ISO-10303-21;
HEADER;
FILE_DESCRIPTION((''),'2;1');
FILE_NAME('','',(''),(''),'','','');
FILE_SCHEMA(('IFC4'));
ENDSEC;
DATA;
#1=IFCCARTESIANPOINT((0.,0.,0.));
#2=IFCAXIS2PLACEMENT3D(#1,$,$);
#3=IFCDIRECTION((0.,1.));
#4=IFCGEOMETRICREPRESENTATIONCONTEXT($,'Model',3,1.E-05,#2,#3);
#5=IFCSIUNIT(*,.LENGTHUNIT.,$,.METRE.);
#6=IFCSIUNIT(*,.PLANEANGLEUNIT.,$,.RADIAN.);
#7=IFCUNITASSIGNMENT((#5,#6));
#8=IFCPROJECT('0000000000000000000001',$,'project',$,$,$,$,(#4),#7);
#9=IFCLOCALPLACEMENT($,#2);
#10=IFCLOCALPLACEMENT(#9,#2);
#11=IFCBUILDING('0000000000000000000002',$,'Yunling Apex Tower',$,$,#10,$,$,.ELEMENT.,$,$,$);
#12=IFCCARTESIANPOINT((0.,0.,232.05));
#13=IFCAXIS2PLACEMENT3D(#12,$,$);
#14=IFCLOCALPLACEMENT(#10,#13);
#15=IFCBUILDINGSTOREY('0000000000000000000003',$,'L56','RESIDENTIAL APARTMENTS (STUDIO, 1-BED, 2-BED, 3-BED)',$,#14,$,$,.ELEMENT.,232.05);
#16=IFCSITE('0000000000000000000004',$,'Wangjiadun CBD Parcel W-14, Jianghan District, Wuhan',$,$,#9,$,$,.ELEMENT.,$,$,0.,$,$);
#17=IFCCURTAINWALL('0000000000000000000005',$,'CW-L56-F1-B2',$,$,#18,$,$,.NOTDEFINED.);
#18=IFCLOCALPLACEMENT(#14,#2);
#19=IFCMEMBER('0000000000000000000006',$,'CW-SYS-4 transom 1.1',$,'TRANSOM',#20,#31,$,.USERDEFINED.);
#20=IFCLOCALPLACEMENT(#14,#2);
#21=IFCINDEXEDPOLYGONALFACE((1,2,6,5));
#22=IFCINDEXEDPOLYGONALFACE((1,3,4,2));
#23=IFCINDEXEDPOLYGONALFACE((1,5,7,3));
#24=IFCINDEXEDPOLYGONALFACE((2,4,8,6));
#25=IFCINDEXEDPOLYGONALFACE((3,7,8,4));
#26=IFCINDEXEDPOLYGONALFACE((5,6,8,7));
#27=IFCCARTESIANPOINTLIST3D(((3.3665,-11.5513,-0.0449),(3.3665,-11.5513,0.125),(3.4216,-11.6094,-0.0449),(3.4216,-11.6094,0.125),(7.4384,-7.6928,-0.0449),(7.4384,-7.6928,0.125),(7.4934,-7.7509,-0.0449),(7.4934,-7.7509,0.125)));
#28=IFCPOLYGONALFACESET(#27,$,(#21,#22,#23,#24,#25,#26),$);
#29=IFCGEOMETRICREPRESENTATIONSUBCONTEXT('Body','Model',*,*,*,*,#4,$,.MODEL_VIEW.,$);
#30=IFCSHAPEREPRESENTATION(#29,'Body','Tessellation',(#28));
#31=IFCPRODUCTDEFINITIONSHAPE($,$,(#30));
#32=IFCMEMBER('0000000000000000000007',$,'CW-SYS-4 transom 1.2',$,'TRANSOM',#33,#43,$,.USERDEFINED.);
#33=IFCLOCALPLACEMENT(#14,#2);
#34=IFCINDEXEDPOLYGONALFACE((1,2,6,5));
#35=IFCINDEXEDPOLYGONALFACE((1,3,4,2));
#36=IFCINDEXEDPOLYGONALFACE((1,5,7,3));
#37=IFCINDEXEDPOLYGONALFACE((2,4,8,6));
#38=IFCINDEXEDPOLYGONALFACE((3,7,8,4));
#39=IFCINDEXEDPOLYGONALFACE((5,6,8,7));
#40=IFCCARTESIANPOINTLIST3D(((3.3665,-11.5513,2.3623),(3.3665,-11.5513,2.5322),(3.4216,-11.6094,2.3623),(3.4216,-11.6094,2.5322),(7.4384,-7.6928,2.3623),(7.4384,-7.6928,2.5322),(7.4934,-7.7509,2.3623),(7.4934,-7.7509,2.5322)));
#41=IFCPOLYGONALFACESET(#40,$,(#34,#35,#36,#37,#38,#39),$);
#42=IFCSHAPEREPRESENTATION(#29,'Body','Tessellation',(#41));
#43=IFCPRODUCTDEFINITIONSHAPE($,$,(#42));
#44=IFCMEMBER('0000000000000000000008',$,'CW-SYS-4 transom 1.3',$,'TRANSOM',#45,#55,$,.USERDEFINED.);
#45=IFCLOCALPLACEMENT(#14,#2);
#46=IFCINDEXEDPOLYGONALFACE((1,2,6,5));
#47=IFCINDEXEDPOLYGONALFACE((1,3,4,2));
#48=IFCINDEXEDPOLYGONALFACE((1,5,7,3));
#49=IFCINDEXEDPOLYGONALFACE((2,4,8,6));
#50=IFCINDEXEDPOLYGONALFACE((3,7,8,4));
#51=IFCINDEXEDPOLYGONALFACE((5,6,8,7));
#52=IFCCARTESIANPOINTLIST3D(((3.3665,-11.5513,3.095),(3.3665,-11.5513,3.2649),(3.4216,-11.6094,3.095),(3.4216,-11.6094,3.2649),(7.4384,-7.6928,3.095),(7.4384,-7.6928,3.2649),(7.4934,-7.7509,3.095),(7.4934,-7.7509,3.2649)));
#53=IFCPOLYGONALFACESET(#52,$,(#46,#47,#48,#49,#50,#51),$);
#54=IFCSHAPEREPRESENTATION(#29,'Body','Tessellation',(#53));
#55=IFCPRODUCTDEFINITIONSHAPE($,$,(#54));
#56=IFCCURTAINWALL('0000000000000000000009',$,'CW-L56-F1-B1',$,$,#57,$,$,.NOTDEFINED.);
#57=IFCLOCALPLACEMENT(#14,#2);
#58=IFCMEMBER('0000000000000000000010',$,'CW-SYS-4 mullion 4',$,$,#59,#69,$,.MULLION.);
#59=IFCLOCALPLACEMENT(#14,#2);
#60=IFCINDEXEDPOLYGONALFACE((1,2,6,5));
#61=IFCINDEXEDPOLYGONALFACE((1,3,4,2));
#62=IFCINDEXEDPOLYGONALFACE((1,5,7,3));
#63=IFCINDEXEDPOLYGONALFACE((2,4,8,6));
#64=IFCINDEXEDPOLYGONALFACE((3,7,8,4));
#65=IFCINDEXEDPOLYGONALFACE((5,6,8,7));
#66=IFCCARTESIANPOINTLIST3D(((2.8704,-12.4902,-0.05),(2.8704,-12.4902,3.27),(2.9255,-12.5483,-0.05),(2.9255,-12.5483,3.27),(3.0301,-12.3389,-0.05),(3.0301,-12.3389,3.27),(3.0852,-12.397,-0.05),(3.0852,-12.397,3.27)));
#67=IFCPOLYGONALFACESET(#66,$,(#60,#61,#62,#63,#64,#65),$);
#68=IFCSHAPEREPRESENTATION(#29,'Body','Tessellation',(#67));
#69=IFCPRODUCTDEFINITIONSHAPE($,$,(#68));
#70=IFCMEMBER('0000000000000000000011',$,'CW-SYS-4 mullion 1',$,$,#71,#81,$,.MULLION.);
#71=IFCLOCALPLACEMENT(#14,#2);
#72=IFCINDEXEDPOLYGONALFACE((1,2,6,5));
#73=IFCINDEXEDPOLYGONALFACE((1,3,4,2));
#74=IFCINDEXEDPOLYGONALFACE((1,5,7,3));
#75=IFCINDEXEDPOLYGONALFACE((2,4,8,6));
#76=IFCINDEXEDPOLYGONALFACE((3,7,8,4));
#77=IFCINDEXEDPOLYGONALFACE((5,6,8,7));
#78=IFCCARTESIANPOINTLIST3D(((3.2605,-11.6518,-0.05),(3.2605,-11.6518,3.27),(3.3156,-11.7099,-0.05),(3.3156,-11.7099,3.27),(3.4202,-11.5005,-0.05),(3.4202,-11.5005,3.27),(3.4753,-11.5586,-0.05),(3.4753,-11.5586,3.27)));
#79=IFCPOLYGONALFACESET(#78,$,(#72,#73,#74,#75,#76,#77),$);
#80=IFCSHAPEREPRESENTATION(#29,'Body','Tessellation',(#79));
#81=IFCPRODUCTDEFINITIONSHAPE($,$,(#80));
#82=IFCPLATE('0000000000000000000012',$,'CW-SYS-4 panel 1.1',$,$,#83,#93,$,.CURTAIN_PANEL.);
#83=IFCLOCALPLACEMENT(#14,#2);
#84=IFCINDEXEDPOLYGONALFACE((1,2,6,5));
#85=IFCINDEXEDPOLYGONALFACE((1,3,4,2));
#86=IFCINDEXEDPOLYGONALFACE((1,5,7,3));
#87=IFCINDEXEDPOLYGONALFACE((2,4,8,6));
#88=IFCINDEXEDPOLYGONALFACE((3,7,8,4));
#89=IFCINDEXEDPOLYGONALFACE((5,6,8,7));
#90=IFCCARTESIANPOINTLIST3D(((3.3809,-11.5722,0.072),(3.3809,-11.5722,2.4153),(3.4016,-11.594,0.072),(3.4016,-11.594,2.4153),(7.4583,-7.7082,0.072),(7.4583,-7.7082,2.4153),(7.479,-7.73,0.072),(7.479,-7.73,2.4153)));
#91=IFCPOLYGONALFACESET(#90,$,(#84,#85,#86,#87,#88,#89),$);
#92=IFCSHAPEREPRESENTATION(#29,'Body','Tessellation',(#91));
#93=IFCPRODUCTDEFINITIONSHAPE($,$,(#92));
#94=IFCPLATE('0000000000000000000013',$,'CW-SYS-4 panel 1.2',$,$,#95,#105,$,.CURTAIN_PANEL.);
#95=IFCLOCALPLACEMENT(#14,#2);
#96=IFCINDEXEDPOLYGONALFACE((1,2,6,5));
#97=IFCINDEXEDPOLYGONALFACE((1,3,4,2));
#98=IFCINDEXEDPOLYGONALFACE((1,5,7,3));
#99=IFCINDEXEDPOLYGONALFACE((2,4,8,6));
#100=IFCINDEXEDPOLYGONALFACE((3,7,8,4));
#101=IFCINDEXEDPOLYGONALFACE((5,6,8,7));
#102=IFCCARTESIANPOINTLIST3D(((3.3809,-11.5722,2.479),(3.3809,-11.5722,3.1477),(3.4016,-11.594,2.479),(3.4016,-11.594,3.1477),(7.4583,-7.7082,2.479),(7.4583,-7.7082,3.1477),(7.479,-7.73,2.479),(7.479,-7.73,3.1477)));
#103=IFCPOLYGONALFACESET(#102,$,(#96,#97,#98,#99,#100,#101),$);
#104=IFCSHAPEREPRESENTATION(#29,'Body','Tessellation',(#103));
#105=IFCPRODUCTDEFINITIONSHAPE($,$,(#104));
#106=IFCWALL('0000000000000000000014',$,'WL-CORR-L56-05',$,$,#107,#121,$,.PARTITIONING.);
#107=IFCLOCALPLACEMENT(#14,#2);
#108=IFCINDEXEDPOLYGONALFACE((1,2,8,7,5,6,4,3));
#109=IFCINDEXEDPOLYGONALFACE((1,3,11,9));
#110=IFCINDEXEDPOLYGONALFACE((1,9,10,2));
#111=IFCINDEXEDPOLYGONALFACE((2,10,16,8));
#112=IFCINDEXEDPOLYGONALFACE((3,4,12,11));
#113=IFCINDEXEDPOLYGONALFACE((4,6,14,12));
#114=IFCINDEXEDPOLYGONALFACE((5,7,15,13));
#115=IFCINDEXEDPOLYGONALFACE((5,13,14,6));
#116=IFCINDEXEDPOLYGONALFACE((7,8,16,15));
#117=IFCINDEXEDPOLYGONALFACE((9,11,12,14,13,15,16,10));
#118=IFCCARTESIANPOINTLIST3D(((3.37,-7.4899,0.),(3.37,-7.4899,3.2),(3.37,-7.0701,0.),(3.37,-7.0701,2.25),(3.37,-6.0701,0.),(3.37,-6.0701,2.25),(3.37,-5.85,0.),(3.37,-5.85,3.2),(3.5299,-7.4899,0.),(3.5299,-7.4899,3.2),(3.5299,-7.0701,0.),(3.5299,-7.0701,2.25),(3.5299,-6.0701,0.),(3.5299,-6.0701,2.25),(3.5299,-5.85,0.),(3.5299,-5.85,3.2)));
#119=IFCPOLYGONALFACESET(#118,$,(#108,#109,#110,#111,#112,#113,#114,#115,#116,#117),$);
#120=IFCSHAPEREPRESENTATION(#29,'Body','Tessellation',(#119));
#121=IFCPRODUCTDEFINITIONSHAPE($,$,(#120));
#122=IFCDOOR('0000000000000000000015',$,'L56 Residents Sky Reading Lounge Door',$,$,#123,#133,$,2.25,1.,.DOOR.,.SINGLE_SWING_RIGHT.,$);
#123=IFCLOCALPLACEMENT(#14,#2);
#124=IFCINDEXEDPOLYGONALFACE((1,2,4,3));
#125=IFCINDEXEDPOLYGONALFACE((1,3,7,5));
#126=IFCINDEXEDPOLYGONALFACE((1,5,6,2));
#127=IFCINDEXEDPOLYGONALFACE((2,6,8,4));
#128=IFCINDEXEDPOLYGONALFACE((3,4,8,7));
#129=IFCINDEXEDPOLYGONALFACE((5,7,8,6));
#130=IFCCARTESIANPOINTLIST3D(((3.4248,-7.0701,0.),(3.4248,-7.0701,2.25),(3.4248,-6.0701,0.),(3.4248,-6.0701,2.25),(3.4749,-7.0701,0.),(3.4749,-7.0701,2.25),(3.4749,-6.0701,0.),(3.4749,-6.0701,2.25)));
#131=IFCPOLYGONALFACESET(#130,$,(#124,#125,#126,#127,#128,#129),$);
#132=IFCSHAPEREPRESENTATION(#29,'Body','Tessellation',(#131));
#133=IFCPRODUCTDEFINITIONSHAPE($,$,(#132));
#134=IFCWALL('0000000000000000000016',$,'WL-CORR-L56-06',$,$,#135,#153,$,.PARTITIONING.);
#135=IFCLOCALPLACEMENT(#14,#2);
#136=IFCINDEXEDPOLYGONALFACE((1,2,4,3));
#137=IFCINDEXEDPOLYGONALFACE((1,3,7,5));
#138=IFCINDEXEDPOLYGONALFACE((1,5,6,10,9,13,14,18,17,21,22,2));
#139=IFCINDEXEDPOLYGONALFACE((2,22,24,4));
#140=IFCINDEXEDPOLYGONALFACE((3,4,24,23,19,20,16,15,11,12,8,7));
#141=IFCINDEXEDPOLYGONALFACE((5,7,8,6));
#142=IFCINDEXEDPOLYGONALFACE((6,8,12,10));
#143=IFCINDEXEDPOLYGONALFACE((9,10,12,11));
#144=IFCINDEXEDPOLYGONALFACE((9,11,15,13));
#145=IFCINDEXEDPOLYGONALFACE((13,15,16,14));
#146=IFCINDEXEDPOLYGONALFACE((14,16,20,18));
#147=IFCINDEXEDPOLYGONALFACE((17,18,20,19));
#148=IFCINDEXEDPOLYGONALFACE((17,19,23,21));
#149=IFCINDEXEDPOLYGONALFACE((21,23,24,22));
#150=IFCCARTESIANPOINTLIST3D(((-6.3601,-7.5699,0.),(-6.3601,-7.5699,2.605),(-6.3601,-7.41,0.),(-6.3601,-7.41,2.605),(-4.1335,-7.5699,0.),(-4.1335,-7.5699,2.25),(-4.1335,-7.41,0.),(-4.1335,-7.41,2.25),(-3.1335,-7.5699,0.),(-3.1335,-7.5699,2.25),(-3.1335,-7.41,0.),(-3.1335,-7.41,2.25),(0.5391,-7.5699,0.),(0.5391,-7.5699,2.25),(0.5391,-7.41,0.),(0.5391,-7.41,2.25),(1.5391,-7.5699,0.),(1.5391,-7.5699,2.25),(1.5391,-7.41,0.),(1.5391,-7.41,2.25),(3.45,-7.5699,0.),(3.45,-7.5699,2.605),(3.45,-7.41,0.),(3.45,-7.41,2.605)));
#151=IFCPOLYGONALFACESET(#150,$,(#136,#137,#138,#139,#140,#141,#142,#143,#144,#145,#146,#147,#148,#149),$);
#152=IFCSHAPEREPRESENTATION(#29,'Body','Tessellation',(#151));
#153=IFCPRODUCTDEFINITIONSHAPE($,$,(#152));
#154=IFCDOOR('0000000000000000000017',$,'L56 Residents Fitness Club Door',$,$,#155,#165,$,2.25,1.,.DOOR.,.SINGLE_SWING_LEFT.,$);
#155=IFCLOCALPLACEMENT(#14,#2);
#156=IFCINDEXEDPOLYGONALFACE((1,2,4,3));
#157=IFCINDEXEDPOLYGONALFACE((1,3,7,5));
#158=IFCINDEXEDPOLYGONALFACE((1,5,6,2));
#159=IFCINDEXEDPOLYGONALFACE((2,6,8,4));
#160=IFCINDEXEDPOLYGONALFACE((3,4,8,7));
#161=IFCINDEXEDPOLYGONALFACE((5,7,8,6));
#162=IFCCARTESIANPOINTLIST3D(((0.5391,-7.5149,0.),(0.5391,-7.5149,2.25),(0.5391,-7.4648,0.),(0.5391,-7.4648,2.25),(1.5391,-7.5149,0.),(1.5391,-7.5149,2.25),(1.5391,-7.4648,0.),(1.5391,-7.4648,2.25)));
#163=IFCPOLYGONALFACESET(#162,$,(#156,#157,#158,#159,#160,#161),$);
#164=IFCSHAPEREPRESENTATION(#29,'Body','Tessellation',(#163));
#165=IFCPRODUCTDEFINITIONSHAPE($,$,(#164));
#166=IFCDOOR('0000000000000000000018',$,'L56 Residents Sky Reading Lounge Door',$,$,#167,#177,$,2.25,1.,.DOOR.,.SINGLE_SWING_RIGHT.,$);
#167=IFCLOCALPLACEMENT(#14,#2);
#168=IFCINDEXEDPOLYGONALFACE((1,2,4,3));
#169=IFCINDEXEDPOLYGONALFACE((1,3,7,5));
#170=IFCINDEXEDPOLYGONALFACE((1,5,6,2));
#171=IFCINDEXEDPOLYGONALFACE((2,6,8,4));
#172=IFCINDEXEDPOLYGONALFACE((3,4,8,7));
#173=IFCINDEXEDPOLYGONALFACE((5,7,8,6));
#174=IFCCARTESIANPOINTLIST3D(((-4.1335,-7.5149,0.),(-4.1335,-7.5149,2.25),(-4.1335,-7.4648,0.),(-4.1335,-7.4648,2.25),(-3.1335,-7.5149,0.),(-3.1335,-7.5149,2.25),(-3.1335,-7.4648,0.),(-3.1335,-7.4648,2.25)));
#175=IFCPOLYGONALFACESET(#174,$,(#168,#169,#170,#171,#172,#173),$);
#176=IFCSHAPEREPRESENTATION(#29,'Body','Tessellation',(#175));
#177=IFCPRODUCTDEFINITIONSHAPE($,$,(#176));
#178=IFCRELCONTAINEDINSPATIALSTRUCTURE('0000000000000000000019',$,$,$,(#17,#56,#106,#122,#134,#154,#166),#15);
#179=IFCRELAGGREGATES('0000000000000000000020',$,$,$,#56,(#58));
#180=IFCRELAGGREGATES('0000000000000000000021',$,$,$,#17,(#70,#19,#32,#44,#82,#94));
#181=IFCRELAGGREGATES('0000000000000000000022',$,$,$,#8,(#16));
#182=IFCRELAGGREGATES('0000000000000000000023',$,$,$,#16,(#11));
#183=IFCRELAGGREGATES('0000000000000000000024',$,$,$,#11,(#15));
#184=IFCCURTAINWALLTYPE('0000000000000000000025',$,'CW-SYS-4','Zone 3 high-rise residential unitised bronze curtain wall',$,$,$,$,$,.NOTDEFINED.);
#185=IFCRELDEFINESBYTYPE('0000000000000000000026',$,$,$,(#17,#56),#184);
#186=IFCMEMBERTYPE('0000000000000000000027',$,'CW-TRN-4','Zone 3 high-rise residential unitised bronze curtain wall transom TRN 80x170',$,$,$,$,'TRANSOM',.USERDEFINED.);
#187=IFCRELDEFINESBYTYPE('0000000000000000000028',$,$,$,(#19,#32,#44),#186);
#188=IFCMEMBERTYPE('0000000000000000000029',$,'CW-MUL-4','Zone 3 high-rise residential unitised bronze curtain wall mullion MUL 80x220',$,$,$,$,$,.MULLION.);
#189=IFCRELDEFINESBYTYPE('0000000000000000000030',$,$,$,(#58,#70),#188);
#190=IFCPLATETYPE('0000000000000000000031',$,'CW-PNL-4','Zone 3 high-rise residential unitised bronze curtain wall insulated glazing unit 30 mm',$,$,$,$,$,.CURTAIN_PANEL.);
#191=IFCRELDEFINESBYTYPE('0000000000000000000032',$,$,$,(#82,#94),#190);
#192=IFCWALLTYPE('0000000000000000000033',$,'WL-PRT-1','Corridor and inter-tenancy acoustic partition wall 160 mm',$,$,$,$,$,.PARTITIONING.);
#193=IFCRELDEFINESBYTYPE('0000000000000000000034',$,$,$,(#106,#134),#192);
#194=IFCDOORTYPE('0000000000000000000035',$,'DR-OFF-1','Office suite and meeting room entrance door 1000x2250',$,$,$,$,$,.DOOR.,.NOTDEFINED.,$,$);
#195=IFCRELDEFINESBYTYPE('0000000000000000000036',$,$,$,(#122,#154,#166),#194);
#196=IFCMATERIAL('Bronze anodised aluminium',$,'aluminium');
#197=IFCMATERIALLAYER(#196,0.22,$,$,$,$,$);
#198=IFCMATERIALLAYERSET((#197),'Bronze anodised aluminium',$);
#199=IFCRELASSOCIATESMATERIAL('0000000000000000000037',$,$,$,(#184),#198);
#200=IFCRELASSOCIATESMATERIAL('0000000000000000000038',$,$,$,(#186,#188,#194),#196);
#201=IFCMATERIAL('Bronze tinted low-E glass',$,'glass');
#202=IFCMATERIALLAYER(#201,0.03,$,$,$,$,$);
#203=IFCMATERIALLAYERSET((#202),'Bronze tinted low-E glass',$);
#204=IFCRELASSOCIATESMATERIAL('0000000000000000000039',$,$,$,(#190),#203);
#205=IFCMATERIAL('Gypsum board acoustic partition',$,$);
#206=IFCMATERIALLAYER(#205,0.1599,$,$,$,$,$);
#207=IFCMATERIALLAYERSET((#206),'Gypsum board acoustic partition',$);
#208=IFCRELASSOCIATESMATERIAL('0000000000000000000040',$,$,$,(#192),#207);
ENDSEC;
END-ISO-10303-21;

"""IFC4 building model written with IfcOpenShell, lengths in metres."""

from ifc_helpers import new_model, si_unit, direction, frame, frame_2d, origin, origin_2d, place, context, subcontext, project, spatial, rectangle, extrude, source, transform, mapped, material, layer, layer_set, material_profile, profile_set, type_object, element, fill, aggregate, save


model = new_model("IFC4")

# Units and contexts
model_context = context("Model", 3, precision=1e-05, world=origin(), true_north=direction((0.0, 1.0)))
body_context = subcontext(model_context, "Body", "Model", "MODEL_VIEW")
ifc_project = project(units=[si_unit("LENGTHUNIT", "METRE"), si_unit("PLANEANGLEUNIT", "RADIAN")], contexts=[model_context])

# Site, building, storey
site_placement = place(None, origin())
site = spatial("IfcSite", under=ifc_project, at=site_placement, Name="Wangjiadun CBD Parcel W-14, Jianghan District, Wuhan", CompositionType="ELEMENT", RefElevation=0.0)
building_placement = place(site_placement, origin())
building = spatial("IfcBuilding", under=site, at=building_placement, Name="Yunling Apex Tower", CompositionType="ELEMENT")
storey_placement = place(building_placement, frame((0.0, 0.0, 232.05)))
storey = spatial("IfcBuildingStorey", under=building, at=storey_placement, Name="L56", Description="RESIDENTIAL APARTMENTS (STUDIO, 1-BED, 2-BED, 3-BED)", CompositionType="ELEMENT", Elevation=232.05)

# Curtain wall, members
ifc_material_1 = material(Name="Bronze anodised aluminium", Category="aluminium")
ifc_layer_1 = layer(ifc_material_1, 0.22)
ifc_layer_set_1 = layer_set([ifc_layer_1], Name="Bronze anodised aluminium")
curtain_wall_type = type_object("IfcCurtainWallType", Name="CW-SYS-4", Description="Zone 3 high-rise residential unitised bronze curtain wall", PredefinedType="NOTDEFINED", material=ifc_layer_set_1)
curtain_wall_1_placement = place(storey_placement, origin())
curtain_wall_1 = element("IfcCurtainWall", 1, at=curtain_wall_1_placement, inside=storey, type_object=curtain_wall_type, Name="CW-L56-F1-B2", PredefinedType="NOTDEFINED")
ifc_material_profile_1 = material_profile(ifc_material_1, rectangle(XDim=0.0801, YDim=0.1699, at=origin_2d()))
ifc_profile_set_1 = profile_set([ifc_material_profile_1], Name="Bronze anodised aluminium")
member_type_1 = type_object("IfcMemberType", Name="CW-TRN-4", Description="Zone 3 high-rise residential unitised bronze curtain wall transom TRN 80x170", ElementType="TRANSOM", PredefinedType="USERDEFINED", material=ifc_profile_set_1)
shared_shape_1 = source(origin(), body_context, "Body", "SweptSolid", [
    extrude(rectangle(XDim=0.0801, YDim=0.1699, at=origin_2d()), origin(), (0.0, 0.0, 1.0), 5.6096),
])
member_1_placement = place(storey_placement, frame((3.394, -11.5803, 0.04), z_axis=(0.72587, 0.687832, 0.0), x_axis=(-0.687832, 0.72587, 0.0)))
member_1 = element("IfcMember", 2, at=member_1_placement, type_object=member_type_1, Name="CW-SYS-4 transom 1.1", ObjectType="TRANSOM", PredefinedType="USERDEFINED", context=body_context, shape_type="MappedRepresentation", body=[
    mapped(shared_shape_1, transform((0.0, 0.0, 0.0), scale=1.0)),
])
member_2_placement = place(storey_placement, frame((3.394, -11.5803, 2.4473), z_axis=(0.72587, 0.687832, 0.0), x_axis=(-0.687832, 0.72587, 0.0)))
member_2 = element("IfcMember", 3, at=member_2_placement, type_object=member_type_1, Name="CW-SYS-4 transom 1.2", ObjectType="TRANSOM", PredefinedType="USERDEFINED", context=body_context, shape_type="MappedRepresentation", body=[
    mapped(shared_shape_1, transform((0.0, 0.0, 0.0), scale=1.0)),
])
member_3_placement = place(storey_placement, frame((3.394, -11.5803, 3.1799), z_axis=(0.72587, 0.687832, 0.0), x_axis=(-0.687832, 0.72587, 0.0)))
member_3 = element("IfcMember", 4, at=member_3_placement, type_object=member_type_1, Name="CW-SYS-4 transom 1.3", ObjectType="TRANSOM", PredefinedType="USERDEFINED", context=body_context, shape_type="MappedRepresentation", body=[
    mapped(shared_shape_1, transform((0.0, 0.0, 0.0), scale=1.0)),
])

# Curtain wall, member
curtain_wall_2_placement = place(storey_placement, origin())
curtain_wall_2 = element("IfcCurtainWall", 5, at=curtain_wall_2_placement, inside=storey, type_object=curtain_wall_type, Name="CW-L56-F1-B1", PredefinedType="NOTDEFINED")
ifc_material_profile_2 = material_profile(ifc_material_1, rectangle(XDim=0.0801, YDim=0.22, at=origin_2d()))
ifc_profile_set_2 = profile_set([ifc_material_profile_2], Name="Bronze anodised aluminium")
member_type_2 = type_object("IfcMemberType", Name="CW-MUL-4", Description="Zone 3 high-rise residential unitised bronze curtain wall mullion MUL 80x220", PredefinedType="MULLION", material=ifc_profile_set_2)
shared_shape_2 = source(origin(), body_context, "Body", "SweptSolid", [
    extrude(rectangle(XDim=0.0801, YDim=0.22, at=origin_2d()), origin(), (0.0, 0.0, 1.0), 3.3201),
])
member_4_placement = place(storey_placement, frame((2.9778, -12.4436, -0.05), z_axis=(0.0, 0.0, 1.0), x_axis=(-0.687848, 0.725855, 0.0)))
member_4 = element("IfcMember", 6, at=member_4_placement, type_object=member_type_2, Name="CW-SYS-4 mullion 4", PredefinedType="MULLION", context=body_context, shape_type="MappedRepresentation", body=[
    mapped(shared_shape_2, transform((0.0, 0.0, 0.0), scale=1.0)),
])
aggregate(curtain_wall_2, [member_4])

# Member
member_5_placement = place(storey_placement, frame((3.3679, -11.6052, -0.05), z_axis=(0.0, 0.0, 1.0), x_axis=(-0.687854, 0.725849, 0.0)))
member_5 = element("IfcMember", 7, at=member_5_placement, type_object=member_type_2, Name="CW-SYS-4 mullion 1", PredefinedType="MULLION", context=body_context, shape_type="MappedRepresentation", body=[
    mapped(shared_shape_2, transform((0.0, 0.0, 0.0), scale=1.0)),
])

# Plates
ifc_material_2 = material(Name="Bronze tinted low-E glass", Category="glass")
ifc_layer_2 = layer(ifc_material_2, 0.03)
ifc_layer_set_2 = layer_set([ifc_layer_2], Name="Bronze tinted low-E glass")
plate_type = type_object("IfcPlateType", Name="CW-PNL-4", Description="Zone 3 high-rise residential unitised bronze curtain wall insulated glazing unit 30 mm", PredefinedType="CURTAIN_PANEL", material=ifc_layer_set_2)
shared_shape_3 = source(origin(), body_context, "Body", "SweptSolid", [
    extrude(rectangle(XDim=5.6174, YDim=0.03, at=origin_2d()), origin(), (0.0, 0.0, 1.0), 2.3433),
])
plate_1_placement = place(storey_placement, frame((5.4299, -9.6511, 0.072), z_axis=(0.0, 0.0, 1.0), x_axis=(0.725849, 0.687854, 0.0)))
plate_1 = element("IfcPlate", 8, at=plate_1_placement, type_object=plate_type, Name="CW-SYS-4 panel 1.1", PredefinedType="CURTAIN_PANEL", context=body_context, shape_type="MappedRepresentation", body=[
    mapped(shared_shape_3, transform((0.0, 0.0, 0.0), scale=1.0)),
])
shared_shape_4 = source(origin(), body_context, "Body", "SweptSolid", [
    extrude(rectangle(XDim=5.6174, YDim=0.03, at=origin_2d()), origin(), (0.0, 0.0, 1.0), 0.6687),
])
plate_2_placement = place(storey_placement, frame((5.4299, -9.6511, 2.479), z_axis=(0.0, 0.0, 1.0), x_axis=(0.725849, 0.687854, 0.0)))
plate_2 = element("IfcPlate", 9, at=plate_2_placement, type_object=plate_type, Name="CW-SYS-4 panel 1.2", PredefinedType="CURTAIN_PANEL", context=body_context, shape_type="MappedRepresentation", body=[
    mapped(shared_shape_4, transform((0.0, 0.0, 0.0), scale=1.0)),
])
aggregate(curtain_wall_1, [member_5, member_1, member_2, member_3, plate_1, plate_2])

# Wall, opening, door
ifc_material_3 = material(Name="Gypsum board acoustic partition")
ifc_layer_3 = layer(ifc_material_3, 0.1599)
ifc_layer_set_3 = layer_set([ifc_layer_3], Name="Gypsum board acoustic partition")
wall_type_1 = type_object("IfcWallType", Name="WL-PRT-1", Description="Corridor and inter-tenancy acoustic partition wall 160 mm", PredefinedType="PARTITIONING", material=ifc_layer_set_3)
wall_1_placement = place(storey_placement, frame((3.45, -5.8501, 0.0), z_axis=(0.0, 0.0, 1.0), x_axis=(0.0, -1.0, 0.0)))
wall_1 = element("IfcWall", 10, at=wall_1_placement, inside=storey, type_object=wall_type_1, Name="WL-CORR-L56-05", PredefinedType="PARTITIONING", context=body_context, shape_type="SweptSolid", body=[
    extrude(rectangle(XDim=1.6399, YDim=0.1599, at=frame_2d((0.8198, 0.0))), origin(), (0.0, 0.0, 1.0), 3.2),
])
opening_1_placement = place(wall_1_placement, frame((0.22, 0.0, 0.0)))
opening_1 = element("IfcOpeningElement", 11, at=opening_1_placement, cuts=wall_1, PredefinedType="OPENING", context=body_context, shape_type="SweptSolid", body=[
    extrude(rectangle(XDim=1.0, YDim=2.25, at=frame_2d((0.5, 1.125))), frame((0.0, 0.0898, 0.0), z_axis=(0.0, -1.0, 0.0), x_axis=(1.0, 0.0, 0.0)), (0.0, 0.0, 1.0), 0.1799),
])
door_type_1 = type_object("IfcDoorType", Name="DR-OFF-1", Description="Office suite and meeting room entrance door 1000x2250", OperationType="NOTDEFINED", PredefinedType="DOOR", material=ifc_material_1)
door_1_placement = place(opening_1_placement, origin())
door_1 = element("IfcDoor", 12, at=door_1_placement, inside=storey, type_object=door_type_1, Name="L56 Residents Sky Reading Lounge Door", OperationType="SINGLE_SWING_RIGHT", OverallHeight=2.25, OverallWidth=1.0, PredefinedType="DOOR", context=body_context, shape_type="SweptSolid", body=[
    extrude(rectangle(XDim=1.0, YDim=2.25, at=frame_2d((0.5, 1.125))), frame((0.0, 0.0249, 0.0), z_axis=(0.0, -1.0, 0.0), x_axis=(1.0, 0.0, 0.0)), (0.0, 0.0, 1.0), 0.05),
])
fill(opening_1, door_1)

# Wall, openings, doors
wall_2_placement = place(storey_placement, frame((3.45, -7.49, 0.0), z_axis=(0.0, 0.0, 1.0), x_axis=(-1.0, 0.0, 0.0)))
wall_2 = element("IfcWall", 13, at=wall_2_placement, inside=storey, type_object=wall_type_1, Name="WL-CORR-L56-06", PredefinedType="PARTITIONING", context=body_context, shape_type="SweptSolid", body=[
    extrude(rectangle(XDim=9.8101, YDim=0.1599, at=frame_2d((4.905, 0.0))), origin(), (0.0, 0.0, 1.0), 2.605),
])
opening_2_placement = place(wall_2_placement, frame((1.9109, 0.0, 0.0)))
opening_2 = element("IfcOpeningElement", 14, at=opening_2_placement, cuts=wall_2, PredefinedType="OPENING", context=body_context, shape_type="SweptSolid", body=[
    extrude(rectangle(XDim=1.0, YDim=2.25, at=frame_2d((0.5, 1.125))), frame((0.0, 0.0898, 0.0), z_axis=(0.0, -1.0, 0.0), x_axis=(1.0, 0.0, 0.0)), (0.0, 0.0, 1.0), 0.1799),
])
opening_3_placement = place(wall_2_placement, frame((6.5835, 0.0, 0.0)))
opening_3 = element("IfcOpeningElement", 15, at=opening_3_placement, cuts=wall_2, PredefinedType="OPENING", context=body_context, shape_type="SweptSolid", body=[
    extrude(rectangle(XDim=1.0, YDim=2.25, at=frame_2d((0.5, 1.125))), frame((0.0, 0.0898, 0.0), z_axis=(0.0, -1.0, 0.0), x_axis=(1.0, 0.0, 0.0)), (0.0, 0.0, 1.0), 0.1799),
])
door_2_placement = place(opening_2_placement, origin())
door_2 = element("IfcDoor", 16, at=door_2_placement, inside=storey, type_object=door_type_1, Name="L56 Residents Fitness Club Door", OperationType="SINGLE_SWING_LEFT", OverallHeight=2.25, OverallWidth=1.0, PredefinedType="DOOR", context=body_context, shape_type="SweptSolid", body=[
    extrude(rectangle(XDim=1.0, YDim=2.25, at=frame_2d((0.5, 1.125))), frame((0.0, 0.0249, 0.0), z_axis=(0.0, -1.0, 0.0), x_axis=(1.0, 0.0, 0.0)), (0.0, 0.0, 1.0), 0.05),
])
fill(opening_2, door_2)
door_3_placement = place(opening_3_placement, origin())
door_3 = element("IfcDoor", 17, at=door_3_placement, inside=storey, type_object=door_type_1, Name="L56 Residents Sky Reading Lounge Door", OperationType="SINGLE_SWING_RIGHT", OverallHeight=2.25, OverallWidth=1.0, PredefinedType="DOOR", context=body_context, shape_type="SweptSolid", body=[
    extrude(rectangle(XDim=1.0, YDim=2.25, at=frame_2d((0.5, 1.125))), frame((0.0, 0.0249, 0.0), z_axis=(0.0, -1.0, 0.0), x_axis=(1.0, 0.0, 0.0)), (0.0, 0.0, 1.0), 0.05),
])
fill(opening_3, door_3)

save(model, "model.ifc")
